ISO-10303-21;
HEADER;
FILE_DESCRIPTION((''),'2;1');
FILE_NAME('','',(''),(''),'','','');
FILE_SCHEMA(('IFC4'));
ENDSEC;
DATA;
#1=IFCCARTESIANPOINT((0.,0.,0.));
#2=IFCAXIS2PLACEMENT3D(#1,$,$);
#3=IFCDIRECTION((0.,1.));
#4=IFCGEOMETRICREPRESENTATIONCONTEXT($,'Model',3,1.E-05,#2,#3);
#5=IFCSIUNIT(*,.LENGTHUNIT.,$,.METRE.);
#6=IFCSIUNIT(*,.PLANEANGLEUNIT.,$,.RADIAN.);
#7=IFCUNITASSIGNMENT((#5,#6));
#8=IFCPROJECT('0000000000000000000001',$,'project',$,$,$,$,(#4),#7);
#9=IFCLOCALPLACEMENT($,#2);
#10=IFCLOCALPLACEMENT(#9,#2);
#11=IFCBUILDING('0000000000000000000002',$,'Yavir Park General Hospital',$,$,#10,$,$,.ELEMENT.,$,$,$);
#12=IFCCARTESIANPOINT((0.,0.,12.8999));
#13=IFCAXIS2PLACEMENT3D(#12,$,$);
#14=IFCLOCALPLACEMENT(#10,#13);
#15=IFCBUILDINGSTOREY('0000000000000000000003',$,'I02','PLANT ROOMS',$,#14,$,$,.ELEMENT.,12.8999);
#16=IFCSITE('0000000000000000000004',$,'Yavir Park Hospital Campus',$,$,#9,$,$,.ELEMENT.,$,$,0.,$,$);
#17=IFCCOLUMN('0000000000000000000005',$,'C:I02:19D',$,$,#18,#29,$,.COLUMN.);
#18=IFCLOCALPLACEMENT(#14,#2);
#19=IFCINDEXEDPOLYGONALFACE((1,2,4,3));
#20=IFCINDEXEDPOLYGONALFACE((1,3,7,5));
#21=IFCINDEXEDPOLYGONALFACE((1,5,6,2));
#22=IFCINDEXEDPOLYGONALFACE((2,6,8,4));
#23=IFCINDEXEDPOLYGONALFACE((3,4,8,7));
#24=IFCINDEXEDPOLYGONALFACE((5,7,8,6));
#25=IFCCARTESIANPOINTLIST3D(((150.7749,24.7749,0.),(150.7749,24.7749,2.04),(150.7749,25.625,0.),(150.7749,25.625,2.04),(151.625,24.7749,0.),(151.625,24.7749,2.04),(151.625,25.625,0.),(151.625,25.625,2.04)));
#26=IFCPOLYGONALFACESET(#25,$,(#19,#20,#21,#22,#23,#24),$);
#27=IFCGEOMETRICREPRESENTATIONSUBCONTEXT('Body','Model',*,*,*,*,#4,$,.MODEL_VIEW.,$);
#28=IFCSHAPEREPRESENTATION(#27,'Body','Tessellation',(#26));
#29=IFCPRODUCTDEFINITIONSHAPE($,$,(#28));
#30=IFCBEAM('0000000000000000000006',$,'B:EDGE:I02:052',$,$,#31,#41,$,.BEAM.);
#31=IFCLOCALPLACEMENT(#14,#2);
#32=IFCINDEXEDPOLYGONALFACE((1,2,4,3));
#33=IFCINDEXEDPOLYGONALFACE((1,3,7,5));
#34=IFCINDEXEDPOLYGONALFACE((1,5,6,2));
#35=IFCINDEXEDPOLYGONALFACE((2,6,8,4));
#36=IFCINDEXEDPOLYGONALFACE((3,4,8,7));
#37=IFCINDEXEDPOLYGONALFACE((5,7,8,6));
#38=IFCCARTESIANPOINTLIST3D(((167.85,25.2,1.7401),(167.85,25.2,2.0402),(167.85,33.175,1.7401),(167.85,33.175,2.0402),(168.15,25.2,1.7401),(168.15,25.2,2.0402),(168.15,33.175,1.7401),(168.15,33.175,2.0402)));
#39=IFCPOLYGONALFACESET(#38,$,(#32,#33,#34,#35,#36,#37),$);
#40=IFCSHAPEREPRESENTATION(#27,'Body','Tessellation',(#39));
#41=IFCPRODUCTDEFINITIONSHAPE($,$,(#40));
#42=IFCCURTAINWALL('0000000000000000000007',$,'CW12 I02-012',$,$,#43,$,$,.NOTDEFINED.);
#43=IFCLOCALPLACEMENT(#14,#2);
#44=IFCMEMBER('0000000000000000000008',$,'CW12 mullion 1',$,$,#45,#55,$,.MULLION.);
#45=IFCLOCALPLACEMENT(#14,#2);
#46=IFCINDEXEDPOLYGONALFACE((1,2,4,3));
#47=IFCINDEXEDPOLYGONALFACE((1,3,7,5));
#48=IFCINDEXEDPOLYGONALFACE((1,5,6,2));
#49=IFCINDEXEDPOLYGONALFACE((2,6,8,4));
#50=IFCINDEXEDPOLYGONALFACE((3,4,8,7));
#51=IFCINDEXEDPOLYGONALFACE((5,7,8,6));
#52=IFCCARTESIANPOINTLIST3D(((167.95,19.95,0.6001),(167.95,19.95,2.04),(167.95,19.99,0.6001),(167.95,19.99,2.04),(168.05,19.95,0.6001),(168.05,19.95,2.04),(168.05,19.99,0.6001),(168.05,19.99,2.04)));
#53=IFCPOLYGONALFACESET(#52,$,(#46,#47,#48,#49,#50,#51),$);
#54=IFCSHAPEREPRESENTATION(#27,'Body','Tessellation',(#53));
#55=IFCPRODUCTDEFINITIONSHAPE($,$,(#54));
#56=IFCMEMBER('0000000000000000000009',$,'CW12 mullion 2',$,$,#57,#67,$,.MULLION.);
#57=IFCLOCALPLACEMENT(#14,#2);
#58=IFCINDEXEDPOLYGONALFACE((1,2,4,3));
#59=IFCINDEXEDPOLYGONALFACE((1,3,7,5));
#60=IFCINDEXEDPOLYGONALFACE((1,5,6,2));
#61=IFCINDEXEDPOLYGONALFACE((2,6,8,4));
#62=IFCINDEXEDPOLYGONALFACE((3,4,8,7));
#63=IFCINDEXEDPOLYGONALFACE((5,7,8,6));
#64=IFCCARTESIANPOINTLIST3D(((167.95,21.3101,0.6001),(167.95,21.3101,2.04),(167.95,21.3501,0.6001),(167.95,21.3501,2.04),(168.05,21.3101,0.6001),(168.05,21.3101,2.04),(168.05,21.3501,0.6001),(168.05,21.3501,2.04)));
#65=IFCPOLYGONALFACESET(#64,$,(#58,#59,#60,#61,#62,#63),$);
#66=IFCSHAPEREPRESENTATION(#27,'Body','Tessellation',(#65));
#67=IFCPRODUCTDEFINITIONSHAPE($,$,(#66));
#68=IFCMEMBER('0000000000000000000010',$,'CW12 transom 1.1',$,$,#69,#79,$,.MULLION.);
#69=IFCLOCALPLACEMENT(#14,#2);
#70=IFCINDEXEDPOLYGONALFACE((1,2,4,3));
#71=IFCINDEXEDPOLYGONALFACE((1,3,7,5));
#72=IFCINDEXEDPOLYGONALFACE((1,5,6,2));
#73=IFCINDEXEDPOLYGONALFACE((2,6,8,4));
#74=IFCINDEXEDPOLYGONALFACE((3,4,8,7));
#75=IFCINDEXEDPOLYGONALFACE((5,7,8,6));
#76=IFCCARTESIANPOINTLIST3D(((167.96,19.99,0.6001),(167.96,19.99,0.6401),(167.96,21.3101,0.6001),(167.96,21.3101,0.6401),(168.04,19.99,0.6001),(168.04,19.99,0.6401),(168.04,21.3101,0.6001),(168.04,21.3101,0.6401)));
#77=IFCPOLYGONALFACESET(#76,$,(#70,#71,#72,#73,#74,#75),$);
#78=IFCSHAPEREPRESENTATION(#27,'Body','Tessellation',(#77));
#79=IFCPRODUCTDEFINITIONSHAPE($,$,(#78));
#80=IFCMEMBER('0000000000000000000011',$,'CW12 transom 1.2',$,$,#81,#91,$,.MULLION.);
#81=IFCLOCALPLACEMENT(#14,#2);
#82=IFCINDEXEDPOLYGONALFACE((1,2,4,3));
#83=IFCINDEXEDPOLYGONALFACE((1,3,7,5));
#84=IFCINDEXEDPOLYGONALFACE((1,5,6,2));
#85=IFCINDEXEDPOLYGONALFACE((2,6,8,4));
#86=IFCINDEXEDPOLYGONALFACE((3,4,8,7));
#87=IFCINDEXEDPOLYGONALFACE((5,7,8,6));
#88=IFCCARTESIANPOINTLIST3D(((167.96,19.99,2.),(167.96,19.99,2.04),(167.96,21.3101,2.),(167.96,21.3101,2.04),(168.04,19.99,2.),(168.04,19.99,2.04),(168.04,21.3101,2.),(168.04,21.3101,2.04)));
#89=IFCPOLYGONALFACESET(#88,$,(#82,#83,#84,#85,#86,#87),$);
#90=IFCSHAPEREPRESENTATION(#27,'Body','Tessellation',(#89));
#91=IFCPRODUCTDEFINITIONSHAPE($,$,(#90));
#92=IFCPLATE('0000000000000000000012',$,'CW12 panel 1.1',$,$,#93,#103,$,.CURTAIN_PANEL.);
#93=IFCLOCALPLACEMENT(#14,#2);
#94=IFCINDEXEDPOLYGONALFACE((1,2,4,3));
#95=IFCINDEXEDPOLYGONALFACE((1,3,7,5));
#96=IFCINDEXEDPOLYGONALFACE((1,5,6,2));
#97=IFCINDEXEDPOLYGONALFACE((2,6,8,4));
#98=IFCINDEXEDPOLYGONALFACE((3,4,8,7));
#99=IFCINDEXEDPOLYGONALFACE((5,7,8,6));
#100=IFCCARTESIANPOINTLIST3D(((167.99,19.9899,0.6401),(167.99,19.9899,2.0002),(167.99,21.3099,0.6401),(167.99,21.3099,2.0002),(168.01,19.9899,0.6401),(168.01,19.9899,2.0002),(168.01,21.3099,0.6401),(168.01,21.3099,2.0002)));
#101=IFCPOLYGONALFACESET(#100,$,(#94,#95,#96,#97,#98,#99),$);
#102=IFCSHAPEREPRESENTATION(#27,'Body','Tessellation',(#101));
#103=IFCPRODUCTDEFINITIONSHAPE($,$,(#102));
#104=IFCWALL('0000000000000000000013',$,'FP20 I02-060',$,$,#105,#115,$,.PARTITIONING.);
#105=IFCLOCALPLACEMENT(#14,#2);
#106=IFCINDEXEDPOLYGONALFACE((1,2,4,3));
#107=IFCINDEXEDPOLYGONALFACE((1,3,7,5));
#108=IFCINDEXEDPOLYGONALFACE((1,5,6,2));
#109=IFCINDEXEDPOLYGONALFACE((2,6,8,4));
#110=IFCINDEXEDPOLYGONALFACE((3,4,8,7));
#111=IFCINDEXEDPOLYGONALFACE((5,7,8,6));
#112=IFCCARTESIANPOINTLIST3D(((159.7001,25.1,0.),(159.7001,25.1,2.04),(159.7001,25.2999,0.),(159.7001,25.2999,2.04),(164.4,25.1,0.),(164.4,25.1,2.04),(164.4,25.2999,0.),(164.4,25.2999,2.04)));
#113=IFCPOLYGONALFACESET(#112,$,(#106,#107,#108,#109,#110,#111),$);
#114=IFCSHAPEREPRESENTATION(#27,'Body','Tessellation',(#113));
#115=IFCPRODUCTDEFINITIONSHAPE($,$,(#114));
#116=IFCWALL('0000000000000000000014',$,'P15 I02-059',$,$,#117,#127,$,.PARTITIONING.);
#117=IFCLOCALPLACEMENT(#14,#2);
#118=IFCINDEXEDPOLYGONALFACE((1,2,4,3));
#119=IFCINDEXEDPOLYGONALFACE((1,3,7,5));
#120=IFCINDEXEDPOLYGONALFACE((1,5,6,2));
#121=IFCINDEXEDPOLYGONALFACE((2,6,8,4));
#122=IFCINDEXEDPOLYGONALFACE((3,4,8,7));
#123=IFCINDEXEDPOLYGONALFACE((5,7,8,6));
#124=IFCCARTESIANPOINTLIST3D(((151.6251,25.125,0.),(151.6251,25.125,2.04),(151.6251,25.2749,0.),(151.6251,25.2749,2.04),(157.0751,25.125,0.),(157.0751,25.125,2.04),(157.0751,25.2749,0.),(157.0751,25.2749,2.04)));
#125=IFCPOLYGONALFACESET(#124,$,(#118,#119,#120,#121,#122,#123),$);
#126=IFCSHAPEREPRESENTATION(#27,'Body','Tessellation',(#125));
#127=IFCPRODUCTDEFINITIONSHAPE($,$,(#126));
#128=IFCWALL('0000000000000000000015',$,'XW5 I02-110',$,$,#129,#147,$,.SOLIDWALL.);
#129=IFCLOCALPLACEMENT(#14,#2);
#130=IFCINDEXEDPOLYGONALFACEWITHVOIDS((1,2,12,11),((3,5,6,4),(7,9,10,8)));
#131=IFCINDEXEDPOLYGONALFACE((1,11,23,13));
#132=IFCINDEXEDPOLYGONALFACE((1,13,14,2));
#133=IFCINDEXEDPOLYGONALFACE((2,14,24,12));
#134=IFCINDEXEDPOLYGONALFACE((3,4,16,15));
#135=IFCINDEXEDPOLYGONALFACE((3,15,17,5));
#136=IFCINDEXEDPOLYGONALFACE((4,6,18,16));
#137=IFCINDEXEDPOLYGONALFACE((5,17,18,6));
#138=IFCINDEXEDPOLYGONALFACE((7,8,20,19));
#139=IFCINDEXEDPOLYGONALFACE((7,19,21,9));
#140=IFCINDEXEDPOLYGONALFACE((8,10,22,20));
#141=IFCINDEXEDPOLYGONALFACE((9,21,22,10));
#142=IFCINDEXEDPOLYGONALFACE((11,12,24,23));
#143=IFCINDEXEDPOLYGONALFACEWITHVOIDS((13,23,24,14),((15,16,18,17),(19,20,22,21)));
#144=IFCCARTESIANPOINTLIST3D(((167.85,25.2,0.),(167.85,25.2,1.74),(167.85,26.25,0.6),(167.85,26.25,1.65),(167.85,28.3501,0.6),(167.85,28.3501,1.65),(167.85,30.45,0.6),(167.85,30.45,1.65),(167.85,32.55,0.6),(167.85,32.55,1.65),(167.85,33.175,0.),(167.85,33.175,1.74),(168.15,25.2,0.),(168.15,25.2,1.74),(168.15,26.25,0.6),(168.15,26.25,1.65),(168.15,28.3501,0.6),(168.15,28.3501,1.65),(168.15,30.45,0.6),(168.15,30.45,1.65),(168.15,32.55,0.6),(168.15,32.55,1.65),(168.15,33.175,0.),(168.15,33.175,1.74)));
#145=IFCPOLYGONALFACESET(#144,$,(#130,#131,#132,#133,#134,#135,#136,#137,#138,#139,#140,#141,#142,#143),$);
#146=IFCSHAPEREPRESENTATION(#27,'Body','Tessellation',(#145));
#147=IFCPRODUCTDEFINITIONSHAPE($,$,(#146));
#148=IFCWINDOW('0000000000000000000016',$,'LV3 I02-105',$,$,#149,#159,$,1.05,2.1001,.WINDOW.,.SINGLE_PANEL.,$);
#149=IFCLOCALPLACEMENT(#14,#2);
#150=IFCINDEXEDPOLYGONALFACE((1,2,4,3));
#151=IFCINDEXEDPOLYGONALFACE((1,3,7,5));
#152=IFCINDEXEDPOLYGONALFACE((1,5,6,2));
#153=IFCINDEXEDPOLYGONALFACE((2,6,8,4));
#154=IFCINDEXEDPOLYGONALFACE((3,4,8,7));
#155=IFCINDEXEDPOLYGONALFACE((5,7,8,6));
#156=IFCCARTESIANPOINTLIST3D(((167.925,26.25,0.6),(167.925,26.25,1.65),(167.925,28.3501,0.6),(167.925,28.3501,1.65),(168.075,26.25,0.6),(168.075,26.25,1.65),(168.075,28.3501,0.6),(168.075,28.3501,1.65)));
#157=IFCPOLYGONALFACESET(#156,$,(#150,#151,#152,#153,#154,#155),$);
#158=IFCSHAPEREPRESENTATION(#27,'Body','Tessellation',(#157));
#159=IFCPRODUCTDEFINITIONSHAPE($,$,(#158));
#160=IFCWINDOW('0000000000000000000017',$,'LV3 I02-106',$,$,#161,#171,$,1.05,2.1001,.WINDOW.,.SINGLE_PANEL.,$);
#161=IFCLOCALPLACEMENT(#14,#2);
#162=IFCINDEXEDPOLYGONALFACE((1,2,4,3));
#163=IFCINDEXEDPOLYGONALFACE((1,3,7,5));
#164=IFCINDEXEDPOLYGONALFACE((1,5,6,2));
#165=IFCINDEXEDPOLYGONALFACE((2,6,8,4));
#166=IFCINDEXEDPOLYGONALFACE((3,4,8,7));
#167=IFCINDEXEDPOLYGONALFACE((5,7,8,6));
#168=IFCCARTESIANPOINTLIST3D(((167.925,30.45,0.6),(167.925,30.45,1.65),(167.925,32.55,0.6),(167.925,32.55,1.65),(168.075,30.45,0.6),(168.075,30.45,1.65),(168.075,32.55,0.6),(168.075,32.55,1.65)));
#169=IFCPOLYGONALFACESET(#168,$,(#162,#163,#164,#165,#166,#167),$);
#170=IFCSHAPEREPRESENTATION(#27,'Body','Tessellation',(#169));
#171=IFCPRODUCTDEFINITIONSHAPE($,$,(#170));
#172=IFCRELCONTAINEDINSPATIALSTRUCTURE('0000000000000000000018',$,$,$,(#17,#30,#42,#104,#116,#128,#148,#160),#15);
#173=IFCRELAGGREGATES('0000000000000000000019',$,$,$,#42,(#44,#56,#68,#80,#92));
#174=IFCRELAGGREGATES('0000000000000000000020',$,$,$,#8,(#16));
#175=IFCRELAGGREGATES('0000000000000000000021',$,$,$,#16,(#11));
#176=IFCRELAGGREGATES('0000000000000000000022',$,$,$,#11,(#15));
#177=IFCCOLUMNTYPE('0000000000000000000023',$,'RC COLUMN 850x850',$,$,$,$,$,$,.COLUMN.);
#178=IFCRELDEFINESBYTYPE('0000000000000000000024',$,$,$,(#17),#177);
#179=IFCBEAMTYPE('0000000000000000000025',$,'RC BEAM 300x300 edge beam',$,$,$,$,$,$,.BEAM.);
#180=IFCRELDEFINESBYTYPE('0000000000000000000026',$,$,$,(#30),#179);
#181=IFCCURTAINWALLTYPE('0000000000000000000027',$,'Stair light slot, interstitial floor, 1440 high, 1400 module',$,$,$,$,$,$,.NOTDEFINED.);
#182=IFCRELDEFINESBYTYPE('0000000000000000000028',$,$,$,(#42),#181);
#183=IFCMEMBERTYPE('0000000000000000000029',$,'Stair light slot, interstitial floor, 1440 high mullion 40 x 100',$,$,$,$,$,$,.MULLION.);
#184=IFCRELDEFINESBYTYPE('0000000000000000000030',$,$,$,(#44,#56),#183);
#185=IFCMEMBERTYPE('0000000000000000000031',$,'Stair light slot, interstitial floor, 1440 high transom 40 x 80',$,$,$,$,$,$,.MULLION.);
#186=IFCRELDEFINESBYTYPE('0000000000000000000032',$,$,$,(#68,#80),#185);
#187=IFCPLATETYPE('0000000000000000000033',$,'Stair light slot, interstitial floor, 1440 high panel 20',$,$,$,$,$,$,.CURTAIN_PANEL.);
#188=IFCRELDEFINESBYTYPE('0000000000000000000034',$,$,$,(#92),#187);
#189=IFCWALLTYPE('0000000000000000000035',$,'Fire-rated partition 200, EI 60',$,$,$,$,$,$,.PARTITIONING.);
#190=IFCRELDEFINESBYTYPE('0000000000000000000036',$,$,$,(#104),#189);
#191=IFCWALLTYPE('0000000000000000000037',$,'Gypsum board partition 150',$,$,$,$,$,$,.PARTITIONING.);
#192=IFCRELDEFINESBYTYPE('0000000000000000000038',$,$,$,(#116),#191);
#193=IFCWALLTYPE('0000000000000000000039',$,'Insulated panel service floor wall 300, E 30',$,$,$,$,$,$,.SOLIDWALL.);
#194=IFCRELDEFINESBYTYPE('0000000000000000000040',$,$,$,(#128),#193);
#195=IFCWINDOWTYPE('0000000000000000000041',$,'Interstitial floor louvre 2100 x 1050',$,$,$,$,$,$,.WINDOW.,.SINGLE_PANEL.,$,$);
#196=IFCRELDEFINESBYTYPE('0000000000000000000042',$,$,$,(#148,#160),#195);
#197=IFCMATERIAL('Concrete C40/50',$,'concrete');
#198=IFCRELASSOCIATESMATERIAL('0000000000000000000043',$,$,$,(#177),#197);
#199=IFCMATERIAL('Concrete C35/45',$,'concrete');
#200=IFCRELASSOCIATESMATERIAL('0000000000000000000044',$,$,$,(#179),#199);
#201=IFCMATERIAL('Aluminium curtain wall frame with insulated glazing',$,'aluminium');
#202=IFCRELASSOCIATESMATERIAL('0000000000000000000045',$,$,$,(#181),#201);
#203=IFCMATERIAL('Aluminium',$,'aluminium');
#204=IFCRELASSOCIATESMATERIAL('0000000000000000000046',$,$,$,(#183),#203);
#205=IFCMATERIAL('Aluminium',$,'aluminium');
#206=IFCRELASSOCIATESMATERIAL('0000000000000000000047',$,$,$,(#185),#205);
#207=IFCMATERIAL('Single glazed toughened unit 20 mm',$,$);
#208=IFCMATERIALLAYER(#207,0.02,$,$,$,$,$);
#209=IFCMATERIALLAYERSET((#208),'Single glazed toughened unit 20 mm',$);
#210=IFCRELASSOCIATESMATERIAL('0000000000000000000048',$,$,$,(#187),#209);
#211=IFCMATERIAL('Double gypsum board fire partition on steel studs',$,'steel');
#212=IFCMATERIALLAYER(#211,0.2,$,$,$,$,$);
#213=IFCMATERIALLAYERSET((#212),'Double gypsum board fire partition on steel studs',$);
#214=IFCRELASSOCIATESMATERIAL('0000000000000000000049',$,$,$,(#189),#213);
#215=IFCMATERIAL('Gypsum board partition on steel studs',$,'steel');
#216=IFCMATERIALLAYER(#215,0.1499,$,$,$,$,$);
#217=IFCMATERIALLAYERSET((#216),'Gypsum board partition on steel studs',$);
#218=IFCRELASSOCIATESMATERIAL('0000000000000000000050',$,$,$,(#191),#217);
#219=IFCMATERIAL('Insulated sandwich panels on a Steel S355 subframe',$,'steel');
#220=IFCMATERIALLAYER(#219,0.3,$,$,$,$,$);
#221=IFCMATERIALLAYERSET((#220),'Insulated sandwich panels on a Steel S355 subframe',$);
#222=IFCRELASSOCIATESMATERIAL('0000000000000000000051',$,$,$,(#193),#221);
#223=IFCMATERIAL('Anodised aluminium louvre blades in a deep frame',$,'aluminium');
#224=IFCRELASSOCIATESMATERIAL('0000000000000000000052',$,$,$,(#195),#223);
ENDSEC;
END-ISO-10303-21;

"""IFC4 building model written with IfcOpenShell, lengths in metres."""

from ifc_helpers import new_model, si_unit, direction, frame, frame_2d, origin, origin_2d, place, context, subcontext, project, spatial, rectangle, extrude, material, layer, layer_set, material_profile, profile_set, type_object, element, fill, aggregate, save


model = new_model("IFC4")

# Units and contexts
model_context = context("Model", 3, precision=1e-05, world=origin(), true_north=direction((0.0, 1.0)))
body_context = subcontext(model_context, "Body", "Model", "MODEL_VIEW")
ifc_project = project(units=[si_unit("LENGTHUNIT", "METRE"), si_unit("PLANEANGLEUNIT", "RADIAN")], contexts=[model_context])

# Site, building, storey
site_placement = place(None, origin())
site = spatial("IfcSite", under=ifc_project, at=site_placement, Name="Yavir Park Hospital Campus", CompositionType="ELEMENT", RefElevation=0.0)
building_placement = place(site_placement, origin())
building = spatial("IfcBuilding", under=site, at=building_placement, Name="Yavir Park General Hospital", CompositionType="ELEMENT")
storey_placement = place(building_placement, frame((0.0, 0.0, 12.8999)))
storey = spatial("IfcBuildingStorey", under=building, at=storey_placement, Name="I02", Description="PLANT ROOMS", CompositionType="ELEMENT", Elevation=12.8999)

# Column
ifc_material_1 = material(Name="Concrete C40/50", Category="concrete")
ifc_material_profile_1 = material_profile(ifc_material_1, rectangle(XDim=0.8501, YDim=0.8501, at=origin_2d()), Name="RC850x850")
ifc_profile_set_1 = profile_set([ifc_material_profile_1], Name="Concrete C40/50")
column_type = type_object("IfcColumnType", Name="RC COLUMN 850x850", PredefinedType="COLUMN", material=ifc_profile_set_1)
column_placement = place(storey_placement, frame((151.2, 25.2, 0.0), z_axis=(0.0, 0.0, 1.0), x_axis=(1.0, 0.0, 0.0)))
element("IfcColumn", 1, at=column_placement, inside=storey, type_object=column_type, Name="C:I02:19D", PredefinedType="COLUMN", context=body_context, shape_type="SweptSolid", body=[
    extrude(rectangle(XDim=0.8501, YDim=0.8501, at=origin_2d()), origin(), (0.0, 0.0, 1.0), 2.04),
])

# Beam
ifc_material_2 = material(Name="Concrete C35/45", Category="concrete")
ifc_material_profile_2 = material_profile(ifc_material_2, rectangle(XDim=0.3, YDim=0.3, at=origin_2d()), Name="RC300x300")
ifc_profile_set_2 = profile_set([ifc_material_profile_2], Name="Concrete C35/45")
beam_type = type_object("IfcBeamType", Name="RC BEAM 300x300 edge beam", PredefinedType="BEAM", material=ifc_profile_set_2)
beam_placement = place(storey_placement, frame((168.0, 25.2, 1.8901), z_axis=(0.0, 1.0, 0.0), x_axis=(-1.0, 0.0, 0.0)))
element("IfcBeam", 2, at=beam_placement, inside=storey, type_object=beam_type, Name="B:EDGE:I02:052", PredefinedType="BEAM", context=body_context, shape_type="SweptSolid", body=[
    extrude(rectangle(XDim=0.3, YDim=0.3, at=origin_2d()), origin(), (0.0, 0.0, 1.0), 7.9751),
])

# Curtain wall, members, plate
ifc_material_3 = material(Name="Aluminium curtain wall frame with insulated glazing", Category="aluminium")
curtain_wall_type = type_object("IfcCurtainWallType", Name="Stair light slot, interstitial floor, 1440 high, 1400 module", PredefinedType="NOTDEFINED", material=ifc_material_3)
curtain_wall_placement = place(storey_placement, origin())
curtain_wall = element("IfcCurtainWall", 3, at=curtain_wall_placement, inside=storey, type_object=curtain_wall_type, Name="CW12 I02-012", PredefinedType="NOTDEFINED")
ifc_material_4 = material(Name="Aluminium", Category="aluminium")
ifc_material_profile_3 = material_profile(ifc_material_4, rectangle(XDim=0.1001, YDim=0.04, at=origin_2d()), Name="AL 40x100")
ifc_profile_set_3 = profile_set([ifc_material_profile_3], Name="Aluminium")
member_type_1 = type_object("IfcMemberType", Name="Stair light slot, interstitial floor, 1440 high mullion 40 x 100", PredefinedType="MULLION", material=ifc_profile_set_3)
member_1_placement = place(storey_placement, frame((168.0, 19.97, 0.6001), z_axis=(0.0, 0.0, 1.0), x_axis=(-1.0, 0.0, 0.0)))
member_1 = element("IfcMember", 4, at=member_1_placement, type_object=member_type_1, Name="CW12 mullion 1", PredefinedType="MULLION", context=body_context, shape_type="SweptSolid", body=[
    extrude(rectangle(XDim=0.1001, YDim=0.04, at=origin_2d()), origin(), (0.0, 0.0, 1.0), 1.4399),
])
member_2_placement = place(storey_placement, frame((168.0, 21.3301, 0.6001), z_axis=(0.0, 0.0, 1.0), x_axis=(-1.0, 0.0, 0.0)))
member_2 = element("IfcMember", 5, at=member_2_placement, type_object=member_type_1, Name="CW12 mullion 2", PredefinedType="MULLION", context=body_context, shape_type="SweptSolid", body=[
    extrude(rectangle(XDim=0.1001, YDim=0.04, at=origin_2d()), origin(), (0.0, 0.0, 1.0), 1.4399),
])
ifc_material_5 = material(Name="Aluminium", Category="aluminium")
ifc_material_profile_4 = material_profile(ifc_material_5, rectangle(XDim=0.0801, YDim=0.04, at=origin_2d()), Name="AL 80x40")
ifc_profile_set_4 = profile_set([ifc_material_profile_4], Name="Aluminium")
member_type_2 = type_object("IfcMemberType", Name="Stair light slot, interstitial floor, 1440 high transom 40 x 80", PredefinedType="MULLION", material=ifc_profile_set_4)
member_3_placement = place(storey_placement, frame((168.0, 19.99, 0.6201), z_axis=(0.0, 1.0, 0.0), x_axis=(-1.0, 0.0, 0.0)))
member_3 = element("IfcMember", 6, at=member_3_placement, type_object=member_type_2, Name="CW12 transom 1.1", PredefinedType="MULLION", context=body_context, shape_type="SweptSolid", body=[
    extrude(rectangle(XDim=0.0801, YDim=0.04, at=origin_2d()), origin(), (0.0, 0.0, 1.0), 1.3201),
])
member_4_placement = place(storey_placement, frame((168.0, 19.99, 2.02), z_axis=(0.0, 1.0, 0.0), x_axis=(-1.0, 0.0, 0.0)))
member_4 = element("IfcMember", 7, at=member_4_placement, type_object=member_type_2, Name="CW12 transom 1.2", PredefinedType="MULLION", context=body_context, shape_type="SweptSolid", body=[
    extrude(rectangle(XDim=0.0801, YDim=0.04, at=origin_2d()), origin(), (0.0, 0.0, 1.0), 1.3201),
])
ifc_material_6 = material(Name="Single glazed toughened unit 20 mm")
ifc_layer_1 = layer(ifc_material_6, 0.02)
ifc_layer_set_1 = layer_set([ifc_layer_1], Name="Single glazed toughened unit 20 mm")
plate_type = type_object("IfcPlateType", Name="Stair light slot, interstitial floor, 1440 high panel 20", PredefinedType="CURTAIN_PANEL", material=ifc_layer_set_1)
plate_placement = place(storey_placement, frame((168.0, 20.6499, 0.6401), z_axis=(0.0, 0.0, 1.0), x_axis=(0.0, 1.0, 0.0)))
plate = element("IfcPlate", 8, at=plate_placement, type_object=plate_type, Name="CW12 panel 1.1", PredefinedType="CURTAIN_PANEL", context=body_context, shape_type="SweptSolid", body=[
    extrude(rectangle(XDim=1.3201, YDim=0.02, at=origin_2d()), origin(), (0.0, 0.0, 1.0), 1.3601),
])
aggregate(curtain_wall, [member_1, member_2, member_3, member_4, plate])

# Walls
ifc_material_7 = material(Name="Double gypsum board fire partition on steel studs", Category="steel")
ifc_layer_2 = layer(ifc_material_7, 0.2)
ifc_layer_set_2 = layer_set([ifc_layer_2], Name="Double gypsum board fire partition on steel studs")
wall_type_1 = type_object("IfcWallType", Name="Fire-rated partition 200, EI 60", PredefinedType="PARTITIONING", material=ifc_layer_set_2)
wall_1_placement = place(storey_placement, frame((159.7, 25.2, 0.0), z_axis=(0.0, 0.0, 1.0), x_axis=(1.0, 0.0, 0.0)))
element("IfcWall", 9, at=wall_1_placement, inside=storey, type_object=wall_type_1, Name="FP20 I02-060", PredefinedType="PARTITIONING", context=body_context, shape_type="SweptSolid", body=[
    extrude(rectangle(XDim=4.7, YDim=0.2, at=frame_2d((2.3501, 0.0))), origin(), (0.0, 0.0, 1.0), 2.04),
])
ifc_material_8 = material(Name="Gypsum board partition on steel studs", Category="steel")
ifc_layer_3 = layer(ifc_material_8, 0.1499)
ifc_layer_set_3 = layer_set([ifc_layer_3], Name="Gypsum board partition on steel studs")
wall_type_2 = type_object("IfcWallType", Name="Gypsum board partition 150", PredefinedType="PARTITIONING", material=ifc_layer_set_3)
wall_2_placement = place(storey_placement, frame((151.625, 25.2, 0.0), z_axis=(0.0, 0.0, 1.0), x_axis=(1.0, 0.0, 0.0)))
element("IfcWall", 10, at=wall_2_placement, inside=storey, type_object=wall_type_2, Name="P15 I02-059", PredefinedType="PARTITIONING", context=body_context, shape_type="SweptSolid", body=[
    extrude(rectangle(XDim=5.45, YDim=0.1499, at=frame_2d((2.7251, 0.0))), origin(), (0.0, 0.0, 1.0), 2.04),
])

# Wall, openings, windows
ifc_material_9 = material(Name="Insulated sandwich panels on a Steel S355 subframe", Category="steel")
ifc_layer_4 = layer(ifc_material_9, 0.3)
ifc_layer_set_4 = layer_set([ifc_layer_4], Name="Insulated sandwich panels on a Steel S355 subframe")
wall_type_3 = type_object("IfcWallType", Name="Insulated panel service floor wall 300, E 30", PredefinedType="SOLIDWALL", material=ifc_layer_set_4)
wall_3_placement = place(storey_placement, frame((168.0, 25.2, 0.0), z_axis=(0.0, 0.0, 1.0), x_axis=(0.0, 1.0, 0.0)))
wall_3 = element("IfcWall", 11, at=wall_3_placement, inside=storey, type_object=wall_type_3, Name="XW5 I02-110", PredefinedType="SOLIDWALL", context=body_context, shape_type="SweptSolid", body=[
    extrude(rectangle(XDim=7.9751, YDim=0.3, at=frame_2d((3.9875, 0.0))), origin(), (0.0, 0.0, 1.0), 1.74),
])
opening_1_placement = place(wall_3_placement, frame((1.05, 0.0, 0.6001)))
opening_1 = element("IfcOpeningElement", 12, at=opening_1_placement, cuts=wall_3, PredefinedType="OPENING", context=body_context, shape_type="SweptSolid", body=[
    extrude(rectangle(XDim=2.1001, YDim=1.05, at=frame_2d((1.05, 0.5249))), frame((0.0, 0.1599, 0.0), z_axis=(0.0, -1.0, 0.0), x_axis=(1.0, 0.0, 0.0)), (0.0, 0.0, 1.0), 0.3201),
])
opening_2_placement = place(wall_3_placement, frame((5.25, 0.0, 0.6001)))
opening_2 = element("IfcOpeningElement", 13, at=opening_2_placement, cuts=wall_3, PredefinedType="OPENING", context=body_context, shape_type="SweptSolid", body=[
    extrude(rectangle(XDim=2.1001, YDim=1.05, at=frame_2d((1.05, 0.5249))), frame((0.0, 0.1599, 0.0), z_axis=(0.0, -1.0, 0.0), x_axis=(1.0, 0.0, 0.0)), (0.0, 0.0, 1.0), 0.3201),
])
ifc_material_10 = material(Name="Anodised aluminium louvre blades in a deep frame", Category="aluminium")
window_type = type_object("IfcWindowType", Name="Interstitial floor louvre 2100 x 1050", PartitioningType="SINGLE_PANEL", PredefinedType="WINDOW", material=ifc_material_10)
window_1_placement = place(opening_1_placement, origin())
window_1 = element("IfcWindow", 14, at=window_1_placement, inside=storey, type_object=window_type, Name="LV3 I02-105", OverallHeight=1.05, OverallWidth=2.1001, PartitioningType="SINGLE_PANEL", PredefinedType="WINDOW", context=body_context, shape_type="SweptSolid", body=[
    extrude(rectangle(XDim=2.1001, YDim=1.05, at=frame_2d((1.05, 0.5249))), frame((0.0, 0.075, 0.0), z_axis=(0.0, -1.0, 0.0), x_axis=(1.0, 0.0, 0.0)), (0.0, 0.0, 1.0), 0.1499),
])
fill(opening_1, window_1)
window_2_placement = place(opening_2_placement, origin())
window_2 = element("IfcWindow", 15, at=window_2_placement, inside=storey, type_object=window_type, Name="LV3 I02-106", OverallHeight=1.05, OverallWidth=2.1001, PartitioningType="SINGLE_PANEL", PredefinedType="WINDOW", context=body_context, shape_type="SweptSolid", body=[
    extrude(rectangle(XDim=2.1001, YDim=1.05, at=frame_2d((1.05, 0.5249))), frame((0.0, 0.075, 0.0), z_axis=(0.0, -1.0, 0.0), x_axis=(1.0, 0.0, 0.0)), (0.0, 0.0, 1.0), 0.1499),
])
fill(opening_2, window_2)

save(model, "model.ifc")
